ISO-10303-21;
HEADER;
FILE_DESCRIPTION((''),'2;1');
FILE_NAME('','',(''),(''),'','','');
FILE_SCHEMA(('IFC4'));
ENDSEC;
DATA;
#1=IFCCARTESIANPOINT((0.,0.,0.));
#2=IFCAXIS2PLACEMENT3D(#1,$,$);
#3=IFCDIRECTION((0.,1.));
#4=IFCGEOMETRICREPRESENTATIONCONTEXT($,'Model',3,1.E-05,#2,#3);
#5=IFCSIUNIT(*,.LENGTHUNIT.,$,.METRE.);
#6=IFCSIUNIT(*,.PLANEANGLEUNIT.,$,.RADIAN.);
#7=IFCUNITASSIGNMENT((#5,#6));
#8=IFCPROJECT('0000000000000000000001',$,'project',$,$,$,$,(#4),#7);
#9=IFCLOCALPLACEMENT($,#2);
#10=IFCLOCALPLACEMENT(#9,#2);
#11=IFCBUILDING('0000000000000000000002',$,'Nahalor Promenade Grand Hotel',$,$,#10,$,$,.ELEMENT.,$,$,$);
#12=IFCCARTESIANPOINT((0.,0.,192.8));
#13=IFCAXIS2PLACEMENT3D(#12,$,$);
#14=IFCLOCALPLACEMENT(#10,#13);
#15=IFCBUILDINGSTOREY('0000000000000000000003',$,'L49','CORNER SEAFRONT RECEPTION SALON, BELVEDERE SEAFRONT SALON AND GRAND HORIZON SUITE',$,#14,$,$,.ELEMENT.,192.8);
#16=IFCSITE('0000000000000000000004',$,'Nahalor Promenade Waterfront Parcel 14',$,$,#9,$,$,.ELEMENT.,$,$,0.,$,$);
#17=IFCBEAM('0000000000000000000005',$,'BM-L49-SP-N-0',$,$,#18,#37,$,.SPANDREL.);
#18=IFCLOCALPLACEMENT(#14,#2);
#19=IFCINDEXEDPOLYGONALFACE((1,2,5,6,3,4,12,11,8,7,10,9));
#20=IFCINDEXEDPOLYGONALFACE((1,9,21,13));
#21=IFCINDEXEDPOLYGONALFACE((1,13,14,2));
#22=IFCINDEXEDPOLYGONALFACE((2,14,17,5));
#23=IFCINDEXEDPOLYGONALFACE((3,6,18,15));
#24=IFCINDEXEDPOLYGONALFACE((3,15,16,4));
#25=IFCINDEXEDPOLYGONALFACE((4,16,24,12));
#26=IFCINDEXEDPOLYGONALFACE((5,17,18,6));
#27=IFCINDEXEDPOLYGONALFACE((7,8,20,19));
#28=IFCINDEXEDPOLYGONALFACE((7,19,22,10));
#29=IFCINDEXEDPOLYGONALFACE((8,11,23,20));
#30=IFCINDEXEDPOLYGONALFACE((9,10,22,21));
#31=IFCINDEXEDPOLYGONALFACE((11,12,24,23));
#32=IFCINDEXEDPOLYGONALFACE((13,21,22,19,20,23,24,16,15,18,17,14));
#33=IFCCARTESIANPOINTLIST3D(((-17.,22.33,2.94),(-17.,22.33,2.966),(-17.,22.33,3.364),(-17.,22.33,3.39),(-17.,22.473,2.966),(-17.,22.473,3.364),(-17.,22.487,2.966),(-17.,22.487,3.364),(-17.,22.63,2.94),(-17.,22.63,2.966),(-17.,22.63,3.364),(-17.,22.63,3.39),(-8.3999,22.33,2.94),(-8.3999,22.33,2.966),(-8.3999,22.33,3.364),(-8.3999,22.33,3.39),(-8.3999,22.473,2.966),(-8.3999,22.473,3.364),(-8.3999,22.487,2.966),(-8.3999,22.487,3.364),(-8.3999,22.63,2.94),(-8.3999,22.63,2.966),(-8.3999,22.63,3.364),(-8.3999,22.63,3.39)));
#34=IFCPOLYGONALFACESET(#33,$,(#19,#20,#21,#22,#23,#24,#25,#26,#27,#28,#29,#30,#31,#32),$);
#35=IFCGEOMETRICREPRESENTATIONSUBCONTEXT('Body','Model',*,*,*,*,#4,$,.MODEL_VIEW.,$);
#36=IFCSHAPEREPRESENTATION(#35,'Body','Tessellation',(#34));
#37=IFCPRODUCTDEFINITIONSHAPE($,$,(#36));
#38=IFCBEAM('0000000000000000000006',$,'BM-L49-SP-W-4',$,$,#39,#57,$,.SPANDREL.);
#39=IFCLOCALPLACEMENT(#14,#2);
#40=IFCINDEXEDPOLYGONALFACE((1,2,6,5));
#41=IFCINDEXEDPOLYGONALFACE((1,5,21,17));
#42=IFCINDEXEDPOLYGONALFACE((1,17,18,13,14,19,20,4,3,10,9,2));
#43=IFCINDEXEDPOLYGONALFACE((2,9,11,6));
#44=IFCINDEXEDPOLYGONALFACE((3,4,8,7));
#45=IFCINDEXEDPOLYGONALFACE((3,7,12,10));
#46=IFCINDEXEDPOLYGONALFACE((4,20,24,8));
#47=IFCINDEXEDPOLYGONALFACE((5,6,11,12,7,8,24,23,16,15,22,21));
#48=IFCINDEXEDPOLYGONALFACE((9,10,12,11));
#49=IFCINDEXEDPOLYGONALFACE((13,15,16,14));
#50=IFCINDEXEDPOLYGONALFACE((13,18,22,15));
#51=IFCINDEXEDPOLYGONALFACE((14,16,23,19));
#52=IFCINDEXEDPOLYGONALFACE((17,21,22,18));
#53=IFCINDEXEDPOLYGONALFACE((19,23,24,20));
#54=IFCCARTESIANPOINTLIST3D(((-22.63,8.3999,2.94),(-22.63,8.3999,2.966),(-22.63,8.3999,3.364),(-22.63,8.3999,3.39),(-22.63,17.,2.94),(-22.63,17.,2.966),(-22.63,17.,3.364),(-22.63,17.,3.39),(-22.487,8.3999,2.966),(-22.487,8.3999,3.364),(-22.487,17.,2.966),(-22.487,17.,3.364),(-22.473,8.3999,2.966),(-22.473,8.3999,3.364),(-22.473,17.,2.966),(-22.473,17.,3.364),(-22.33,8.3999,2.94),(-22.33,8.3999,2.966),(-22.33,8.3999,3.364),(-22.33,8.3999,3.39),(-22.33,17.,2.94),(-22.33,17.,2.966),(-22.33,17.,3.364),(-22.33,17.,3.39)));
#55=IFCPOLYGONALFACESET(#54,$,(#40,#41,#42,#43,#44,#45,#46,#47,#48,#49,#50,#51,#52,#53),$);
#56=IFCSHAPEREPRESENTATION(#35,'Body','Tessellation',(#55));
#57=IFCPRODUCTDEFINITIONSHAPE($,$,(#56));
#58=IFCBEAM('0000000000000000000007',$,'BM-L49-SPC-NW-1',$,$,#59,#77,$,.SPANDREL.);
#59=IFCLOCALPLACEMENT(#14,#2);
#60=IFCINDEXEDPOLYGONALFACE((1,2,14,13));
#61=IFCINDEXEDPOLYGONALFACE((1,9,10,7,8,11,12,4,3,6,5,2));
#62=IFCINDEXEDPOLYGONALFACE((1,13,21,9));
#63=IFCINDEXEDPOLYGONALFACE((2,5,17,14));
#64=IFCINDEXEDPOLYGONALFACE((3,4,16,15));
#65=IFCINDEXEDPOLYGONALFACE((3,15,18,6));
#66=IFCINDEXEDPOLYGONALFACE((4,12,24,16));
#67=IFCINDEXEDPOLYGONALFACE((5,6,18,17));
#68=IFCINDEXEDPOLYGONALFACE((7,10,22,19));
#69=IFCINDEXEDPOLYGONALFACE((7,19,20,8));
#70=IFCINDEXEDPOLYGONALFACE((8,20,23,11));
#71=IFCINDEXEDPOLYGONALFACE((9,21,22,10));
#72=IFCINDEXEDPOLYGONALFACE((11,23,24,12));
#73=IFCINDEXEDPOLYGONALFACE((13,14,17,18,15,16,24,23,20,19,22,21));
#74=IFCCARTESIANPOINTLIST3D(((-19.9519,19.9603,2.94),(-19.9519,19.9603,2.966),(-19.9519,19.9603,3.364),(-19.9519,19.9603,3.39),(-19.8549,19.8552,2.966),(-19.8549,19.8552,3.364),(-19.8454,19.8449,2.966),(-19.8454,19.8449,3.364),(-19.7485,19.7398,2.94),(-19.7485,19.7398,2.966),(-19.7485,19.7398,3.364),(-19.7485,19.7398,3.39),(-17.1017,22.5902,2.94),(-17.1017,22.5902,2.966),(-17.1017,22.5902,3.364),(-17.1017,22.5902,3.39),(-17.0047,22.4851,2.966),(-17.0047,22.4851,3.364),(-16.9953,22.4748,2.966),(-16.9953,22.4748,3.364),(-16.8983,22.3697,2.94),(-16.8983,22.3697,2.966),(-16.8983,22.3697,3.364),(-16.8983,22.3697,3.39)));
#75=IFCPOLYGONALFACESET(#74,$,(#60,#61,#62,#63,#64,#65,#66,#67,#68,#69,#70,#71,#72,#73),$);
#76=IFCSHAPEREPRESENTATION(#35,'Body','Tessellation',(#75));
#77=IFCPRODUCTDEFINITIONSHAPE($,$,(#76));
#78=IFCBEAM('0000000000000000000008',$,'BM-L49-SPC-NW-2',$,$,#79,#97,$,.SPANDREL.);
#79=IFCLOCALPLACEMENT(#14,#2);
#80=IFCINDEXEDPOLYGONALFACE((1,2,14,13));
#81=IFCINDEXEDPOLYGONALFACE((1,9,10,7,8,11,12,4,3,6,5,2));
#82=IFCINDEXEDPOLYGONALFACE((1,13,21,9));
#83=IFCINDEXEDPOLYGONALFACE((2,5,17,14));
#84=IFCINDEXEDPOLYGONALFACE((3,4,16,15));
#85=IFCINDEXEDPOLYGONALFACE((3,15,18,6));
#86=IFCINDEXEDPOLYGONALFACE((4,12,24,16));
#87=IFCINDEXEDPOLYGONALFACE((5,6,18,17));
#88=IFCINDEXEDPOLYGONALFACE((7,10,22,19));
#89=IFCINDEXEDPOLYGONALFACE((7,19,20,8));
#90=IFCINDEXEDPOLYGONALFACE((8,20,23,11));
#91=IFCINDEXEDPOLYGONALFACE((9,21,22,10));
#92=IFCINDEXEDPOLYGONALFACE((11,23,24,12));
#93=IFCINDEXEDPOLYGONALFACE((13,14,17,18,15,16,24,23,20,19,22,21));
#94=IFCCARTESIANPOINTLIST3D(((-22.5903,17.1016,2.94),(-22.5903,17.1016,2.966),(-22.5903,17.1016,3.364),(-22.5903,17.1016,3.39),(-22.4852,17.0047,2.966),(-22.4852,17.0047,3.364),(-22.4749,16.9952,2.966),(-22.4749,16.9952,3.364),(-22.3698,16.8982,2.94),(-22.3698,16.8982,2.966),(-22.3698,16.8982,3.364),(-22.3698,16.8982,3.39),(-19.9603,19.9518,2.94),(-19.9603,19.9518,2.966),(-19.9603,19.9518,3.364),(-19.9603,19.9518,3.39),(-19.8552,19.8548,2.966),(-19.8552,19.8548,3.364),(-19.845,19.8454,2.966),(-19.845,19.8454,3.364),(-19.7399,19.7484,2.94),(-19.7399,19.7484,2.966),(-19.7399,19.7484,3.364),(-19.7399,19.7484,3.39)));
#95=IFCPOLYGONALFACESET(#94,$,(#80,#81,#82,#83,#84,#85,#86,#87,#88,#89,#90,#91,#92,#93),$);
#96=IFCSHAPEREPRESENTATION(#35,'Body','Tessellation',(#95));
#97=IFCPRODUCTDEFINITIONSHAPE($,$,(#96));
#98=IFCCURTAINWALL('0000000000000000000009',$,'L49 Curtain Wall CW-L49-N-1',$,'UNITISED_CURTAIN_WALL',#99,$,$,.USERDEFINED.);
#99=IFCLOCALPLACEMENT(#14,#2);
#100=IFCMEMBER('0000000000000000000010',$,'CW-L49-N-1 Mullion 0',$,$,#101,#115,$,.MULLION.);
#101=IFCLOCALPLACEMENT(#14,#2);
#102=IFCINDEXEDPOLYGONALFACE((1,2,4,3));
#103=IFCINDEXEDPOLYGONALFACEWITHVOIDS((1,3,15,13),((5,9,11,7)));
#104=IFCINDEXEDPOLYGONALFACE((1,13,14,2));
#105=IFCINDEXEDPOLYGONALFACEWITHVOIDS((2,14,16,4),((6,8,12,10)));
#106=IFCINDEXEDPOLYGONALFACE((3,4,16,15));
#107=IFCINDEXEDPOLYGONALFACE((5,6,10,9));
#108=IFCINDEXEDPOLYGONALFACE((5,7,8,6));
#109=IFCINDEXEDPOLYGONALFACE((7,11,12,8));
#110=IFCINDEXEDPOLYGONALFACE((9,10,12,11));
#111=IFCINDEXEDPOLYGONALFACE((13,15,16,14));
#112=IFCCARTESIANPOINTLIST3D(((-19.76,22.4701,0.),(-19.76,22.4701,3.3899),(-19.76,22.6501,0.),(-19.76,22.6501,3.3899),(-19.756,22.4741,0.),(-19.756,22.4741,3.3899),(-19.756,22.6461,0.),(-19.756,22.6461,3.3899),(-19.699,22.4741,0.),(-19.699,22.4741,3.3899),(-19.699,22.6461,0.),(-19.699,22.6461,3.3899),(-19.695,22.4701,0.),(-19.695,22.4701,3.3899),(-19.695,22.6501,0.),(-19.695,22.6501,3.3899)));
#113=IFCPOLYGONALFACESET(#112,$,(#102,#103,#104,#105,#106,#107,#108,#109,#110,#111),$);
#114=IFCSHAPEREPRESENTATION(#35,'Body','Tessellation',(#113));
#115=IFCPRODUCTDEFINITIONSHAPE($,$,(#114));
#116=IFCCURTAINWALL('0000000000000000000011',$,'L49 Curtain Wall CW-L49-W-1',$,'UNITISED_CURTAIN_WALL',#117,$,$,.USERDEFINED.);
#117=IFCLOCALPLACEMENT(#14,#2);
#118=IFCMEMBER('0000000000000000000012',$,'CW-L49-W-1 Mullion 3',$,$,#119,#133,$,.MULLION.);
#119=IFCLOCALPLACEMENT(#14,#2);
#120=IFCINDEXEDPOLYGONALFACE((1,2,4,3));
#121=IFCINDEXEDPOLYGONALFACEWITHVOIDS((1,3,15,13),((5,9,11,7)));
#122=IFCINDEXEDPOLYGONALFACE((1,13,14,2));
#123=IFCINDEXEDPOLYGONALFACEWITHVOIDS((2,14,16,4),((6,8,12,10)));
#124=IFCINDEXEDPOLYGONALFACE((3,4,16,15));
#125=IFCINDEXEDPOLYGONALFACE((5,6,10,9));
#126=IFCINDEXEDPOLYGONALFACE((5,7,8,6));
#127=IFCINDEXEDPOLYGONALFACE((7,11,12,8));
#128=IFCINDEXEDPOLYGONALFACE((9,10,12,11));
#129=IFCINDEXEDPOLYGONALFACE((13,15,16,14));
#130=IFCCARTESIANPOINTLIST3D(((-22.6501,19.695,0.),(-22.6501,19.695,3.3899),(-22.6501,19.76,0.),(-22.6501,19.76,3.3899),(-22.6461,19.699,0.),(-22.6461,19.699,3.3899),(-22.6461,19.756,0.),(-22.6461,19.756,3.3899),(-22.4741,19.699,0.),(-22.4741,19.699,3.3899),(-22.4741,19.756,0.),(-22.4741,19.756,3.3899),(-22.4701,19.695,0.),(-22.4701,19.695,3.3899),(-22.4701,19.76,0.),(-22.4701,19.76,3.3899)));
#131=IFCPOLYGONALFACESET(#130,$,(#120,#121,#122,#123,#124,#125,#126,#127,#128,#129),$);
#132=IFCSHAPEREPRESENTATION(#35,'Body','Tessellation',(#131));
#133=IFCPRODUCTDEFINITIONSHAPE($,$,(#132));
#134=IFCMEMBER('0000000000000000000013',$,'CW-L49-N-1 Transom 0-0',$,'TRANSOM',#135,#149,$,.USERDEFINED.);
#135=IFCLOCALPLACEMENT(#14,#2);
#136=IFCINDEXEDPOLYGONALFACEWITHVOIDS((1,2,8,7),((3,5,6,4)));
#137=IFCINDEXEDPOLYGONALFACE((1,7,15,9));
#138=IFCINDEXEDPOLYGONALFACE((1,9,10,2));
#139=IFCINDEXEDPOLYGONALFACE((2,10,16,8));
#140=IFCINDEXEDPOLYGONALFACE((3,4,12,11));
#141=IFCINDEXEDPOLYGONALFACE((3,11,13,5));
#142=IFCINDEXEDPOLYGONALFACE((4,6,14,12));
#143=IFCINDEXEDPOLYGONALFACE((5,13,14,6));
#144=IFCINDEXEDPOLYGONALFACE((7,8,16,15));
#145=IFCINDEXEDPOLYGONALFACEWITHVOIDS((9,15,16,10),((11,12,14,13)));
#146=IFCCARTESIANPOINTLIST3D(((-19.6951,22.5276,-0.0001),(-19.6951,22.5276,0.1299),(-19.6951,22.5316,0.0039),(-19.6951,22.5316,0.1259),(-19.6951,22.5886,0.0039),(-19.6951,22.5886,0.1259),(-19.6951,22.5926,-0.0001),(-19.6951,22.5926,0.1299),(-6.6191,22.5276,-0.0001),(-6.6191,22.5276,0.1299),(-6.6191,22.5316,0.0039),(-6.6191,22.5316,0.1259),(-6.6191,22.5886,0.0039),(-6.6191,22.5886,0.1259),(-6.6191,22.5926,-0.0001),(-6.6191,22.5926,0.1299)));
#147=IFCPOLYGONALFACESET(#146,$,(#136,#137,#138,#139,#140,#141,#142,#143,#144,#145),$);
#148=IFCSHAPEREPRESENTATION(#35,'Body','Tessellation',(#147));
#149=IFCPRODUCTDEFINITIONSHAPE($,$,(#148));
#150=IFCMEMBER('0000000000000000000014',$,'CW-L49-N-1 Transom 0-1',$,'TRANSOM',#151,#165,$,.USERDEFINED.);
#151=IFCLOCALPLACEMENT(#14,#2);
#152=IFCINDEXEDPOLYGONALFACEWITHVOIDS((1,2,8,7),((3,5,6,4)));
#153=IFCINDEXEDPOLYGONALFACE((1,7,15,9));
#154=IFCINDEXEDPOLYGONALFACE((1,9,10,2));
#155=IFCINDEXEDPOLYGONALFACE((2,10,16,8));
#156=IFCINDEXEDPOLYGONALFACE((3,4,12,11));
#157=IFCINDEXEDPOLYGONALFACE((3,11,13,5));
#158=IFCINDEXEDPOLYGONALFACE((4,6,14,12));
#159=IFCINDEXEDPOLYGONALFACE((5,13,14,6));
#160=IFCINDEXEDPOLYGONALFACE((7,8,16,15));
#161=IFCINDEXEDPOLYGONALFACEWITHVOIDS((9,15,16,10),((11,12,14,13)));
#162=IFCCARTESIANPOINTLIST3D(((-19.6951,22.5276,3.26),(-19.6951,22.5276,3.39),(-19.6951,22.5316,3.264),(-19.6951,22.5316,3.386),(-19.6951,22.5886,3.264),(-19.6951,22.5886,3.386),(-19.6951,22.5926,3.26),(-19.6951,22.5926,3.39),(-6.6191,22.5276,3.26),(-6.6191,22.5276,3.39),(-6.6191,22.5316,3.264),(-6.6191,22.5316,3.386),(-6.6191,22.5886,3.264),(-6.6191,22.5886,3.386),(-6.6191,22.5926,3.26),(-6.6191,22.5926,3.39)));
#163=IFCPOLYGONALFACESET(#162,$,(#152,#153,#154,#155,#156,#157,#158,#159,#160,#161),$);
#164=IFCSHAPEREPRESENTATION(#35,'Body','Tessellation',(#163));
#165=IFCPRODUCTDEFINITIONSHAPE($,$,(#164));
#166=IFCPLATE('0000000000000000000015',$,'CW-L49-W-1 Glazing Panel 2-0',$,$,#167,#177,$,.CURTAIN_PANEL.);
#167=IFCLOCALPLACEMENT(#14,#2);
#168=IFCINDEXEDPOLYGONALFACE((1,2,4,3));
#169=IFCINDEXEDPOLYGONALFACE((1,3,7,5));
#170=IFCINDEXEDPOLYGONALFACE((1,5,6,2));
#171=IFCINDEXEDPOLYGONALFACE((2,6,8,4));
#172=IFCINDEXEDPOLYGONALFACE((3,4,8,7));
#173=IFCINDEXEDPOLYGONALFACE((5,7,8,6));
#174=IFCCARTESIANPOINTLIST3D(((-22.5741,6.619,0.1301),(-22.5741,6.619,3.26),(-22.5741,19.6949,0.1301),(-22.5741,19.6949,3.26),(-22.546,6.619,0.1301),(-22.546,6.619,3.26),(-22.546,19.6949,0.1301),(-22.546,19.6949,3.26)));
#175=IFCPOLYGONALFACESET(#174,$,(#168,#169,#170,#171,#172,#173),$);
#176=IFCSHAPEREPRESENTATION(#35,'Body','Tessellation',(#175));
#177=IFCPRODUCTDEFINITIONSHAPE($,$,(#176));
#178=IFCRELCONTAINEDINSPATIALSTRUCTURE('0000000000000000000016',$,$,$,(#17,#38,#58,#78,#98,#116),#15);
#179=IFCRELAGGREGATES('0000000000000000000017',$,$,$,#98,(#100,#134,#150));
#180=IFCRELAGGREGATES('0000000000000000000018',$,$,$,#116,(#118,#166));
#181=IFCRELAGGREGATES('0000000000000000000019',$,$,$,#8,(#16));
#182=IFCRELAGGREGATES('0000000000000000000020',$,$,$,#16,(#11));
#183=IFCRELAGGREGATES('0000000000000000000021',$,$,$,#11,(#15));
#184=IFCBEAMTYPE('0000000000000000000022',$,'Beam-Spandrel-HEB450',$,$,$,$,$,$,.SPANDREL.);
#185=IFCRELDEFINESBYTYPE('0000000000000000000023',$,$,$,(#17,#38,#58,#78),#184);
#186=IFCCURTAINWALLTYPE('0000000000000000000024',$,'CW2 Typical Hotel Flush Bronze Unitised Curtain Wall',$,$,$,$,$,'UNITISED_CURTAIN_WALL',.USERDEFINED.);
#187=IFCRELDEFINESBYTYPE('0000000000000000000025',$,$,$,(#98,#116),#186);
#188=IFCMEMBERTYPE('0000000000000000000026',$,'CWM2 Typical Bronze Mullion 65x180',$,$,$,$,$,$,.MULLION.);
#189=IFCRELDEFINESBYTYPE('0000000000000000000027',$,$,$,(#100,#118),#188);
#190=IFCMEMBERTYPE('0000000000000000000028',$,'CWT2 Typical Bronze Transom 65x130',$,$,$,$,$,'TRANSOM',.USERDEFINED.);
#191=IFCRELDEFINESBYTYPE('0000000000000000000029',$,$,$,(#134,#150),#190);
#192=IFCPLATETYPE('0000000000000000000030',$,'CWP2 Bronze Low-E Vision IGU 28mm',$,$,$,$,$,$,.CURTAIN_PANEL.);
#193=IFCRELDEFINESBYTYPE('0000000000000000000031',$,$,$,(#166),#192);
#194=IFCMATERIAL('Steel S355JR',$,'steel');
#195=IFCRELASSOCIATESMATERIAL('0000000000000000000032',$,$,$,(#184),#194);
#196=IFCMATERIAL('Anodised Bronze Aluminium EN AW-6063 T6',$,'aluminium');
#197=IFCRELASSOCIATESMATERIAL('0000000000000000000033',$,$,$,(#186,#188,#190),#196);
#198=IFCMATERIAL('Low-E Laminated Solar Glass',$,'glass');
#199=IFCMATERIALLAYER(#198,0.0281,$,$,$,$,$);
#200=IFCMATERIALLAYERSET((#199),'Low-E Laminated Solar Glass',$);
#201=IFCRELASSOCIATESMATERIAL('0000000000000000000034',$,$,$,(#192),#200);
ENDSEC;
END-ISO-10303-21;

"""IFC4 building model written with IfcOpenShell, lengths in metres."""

from ifc_helpers import new_model, si_unit, direction, frame, origin, origin_2d, place, context, subcontext, project, spatial, rectangle, hollow_rectangle, i_section, extrude, source, transform, mapped, material, layer, layer_set, material_profile, profile_set, type_object, element, aggregate, save


model = new_model("IFC4")

# Units and contexts
model_context = context("Model", 3, precision=1e-05, world=origin(), true_north=direction((0.0, 1.0)))
body_context = subcontext(model_context, "Body", "Model", "MODEL_VIEW")
ifc_project = project(units=[si_unit("LENGTHUNIT", "METRE"), si_unit("PLANEANGLEUNIT", "RADIAN")], contexts=[model_context])

# Site, building, storey
site_placement = place(None, origin())
site = spatial("IfcSite", under=ifc_project, at=site_placement, Name="Nahalor Promenade Waterfront Parcel 14", CompositionType="ELEMENT", RefElevation=0.0)
building_placement = place(site_placement, origin())
building = spatial("IfcBuilding", under=site, at=building_placement, Name="Nahalor Promenade Grand Hotel", CompositionType="ELEMENT")
storey_placement = place(building_placement, frame((0.0, 0.0, 192.8)))
storey = spatial("IfcBuildingStorey", under=building, at=storey_placement, Name="L49", Description="CORNER SEAFRONT RECEPTION SALON, BELVEDERE SEAFRONT SALON AND GRAND HORIZON SUITE", CompositionType="ELEMENT", Elevation=192.8)

# Beams
ifc_material_1 = material(Name="Steel S355JR", Category="steel")
ifc_material_profile_1 = material_profile(ifc_material_1, i_section(OverallWidth=0.3, OverallDepth=0.45, WebThickness=0.014, FlangeThickness=0.026, at=origin_2d()), Name="HEB 450")
ifc_profile_set_1 = profile_set([ifc_material_profile_1], Name="Steel S355JR")
beam_type_1 = type_object("IfcBeamType", Name="Beam-Spandrel-HEB450", PredefinedType="SPANDREL", material=ifc_profile_set_1)
shared_shape_1 = source(origin(), body_context, "Body", "SweptSolid", [
    extrude(i_section(OverallWidth=0.3, OverallDepth=0.45, WebThickness=0.014, FlangeThickness=0.026, at=origin_2d()), origin(), (0.0, 0.0, 1.0), 8.6001),
])
for number, where, z_axis, x_axis, name in (
    (1, (-17.0, 22.48, 3.165), (1.0, 0.0, 0.0), (0.0, 1.0, 0.0), "BM-L49-SP-N-0"),
    (2, (-22.48, 8.3999, 3.165), (0.0, 1.0, 0.0), (-1.0, 0.0, 0.0), "BM-L49-SP-W-4"),
):
    element("IfcBeam", number, at=place(storey_placement, frame(where, z_axis=z_axis, x_axis=x_axis)), inside=storey, type_object=beam_type_1, Name=name, PredefinedType="SPANDREL", context=body_context, shape_type="MappedRepresentation", body=[
        mapped(shared_shape_1, transform((0.0, 0.0, 0.0), scale=1.0)),
    ])
shared_shape_2 = source(origin(), body_context, "Body", "SweptSolid", [
    extrude(i_section(OverallWidth=0.3, OverallDepth=0.45, WebThickness=0.014, FlangeThickness=0.026, at=origin_2d()), origin(), (0.0, 0.0, 1.0), 3.8782),
])
for number, where, z_axis, x_axis, name in (
    (3, (-17.0, 22.48, 3.165), (-0.734929, -0.678144, 0.0), (0.678144, -0.734929, 0.0), "BM-L49-SPC-NW-1"),
    (4, (-19.8501, 19.8501, 3.165), (-0.678144, -0.734929, 0.0), (0.734929, -0.678144, 0.0), "BM-L49-SPC-NW-2"),
):
    element("IfcBeam", number, at=place(storey_placement, frame(where, z_axis=z_axis, x_axis=x_axis)), inside=storey, type_object=beam_type_1, Name=name, PredefinedType="SPANDREL", context=body_context, shape_type="MappedRepresentation", body=[
        mapped(shared_shape_2, transform((0.0, 0.0, 0.0), scale=1.0)),
    ])

# Curtain walls, members
ifc_material_2 = material(Name="Anodised Bronze Aluminium EN AW-6063 T6", Category="aluminium")
curtain_wall_type = type_object("IfcCurtainWallType", Name="CW2 Typical Hotel Flush Bronze Unitised Curtain Wall", ElementType="UNITISED_CURTAIN_WALL", PredefinedType="USERDEFINED", material=ifc_material_2)
curtain_wall_1_placement = place(storey_placement, origin())
curtain_wall_1 = element("IfcCurtainWall", 5, at=curtain_wall_1_placement, inside=storey, type_object=curtain_wall_type, Name="L49 Curtain Wall CW-L49-N-1", ObjectType="UNITISED_CURTAIN_WALL", PredefinedType="USERDEFINED")
ifc_material_profile_2 = material_profile(ifc_material_2, hollow_rectangle(XDim=0.065, YDim=0.18, WallThickness=0.004, at=origin_2d()), Name="CWM 65x180x4")
ifc_profile_set_2 = profile_set([ifc_material_profile_2], Name="Anodised Bronze Aluminium EN AW-6063 T6")
member_type_1 = type_object("IfcMemberType", Name="CWM2 Typical Bronze Mullion 65x180", PredefinedType="MULLION", material=ifc_profile_set_2)
shared_shape_3 = source(origin(), body_context, "Body", "SweptSolid", [
    extrude(hollow_rectangle(XDim=0.065, YDim=0.18, WallThickness=0.004, at=origin_2d()), origin(), (0.0, 0.0, 1.0), 3.3899),
])
member_1_placement = place(storey_placement, frame((-19.7275, 22.5601, 0.0), z_axis=(0.0, 0.0, 1.0), x_axis=(1.0, 0.0, 0.0)))
member_1 = element("IfcMember", 6, at=member_1_placement, type_object=member_type_1, Name="CW-L49-N-1 Mullion 0", PredefinedType="MULLION", context=body_context, shape_type="MappedRepresentation", body=[
    mapped(shared_shape_3, transform((0.0, 0.0, 0.0), scale=1.0)),
])
curtain_wall_2_placement = place(storey_placement, origin())
curtain_wall_2 = element("IfcCurtainWall", 7, at=curtain_wall_2_placement, inside=storey, type_object=curtain_wall_type, Name="L49 Curtain Wall CW-L49-W-1", ObjectType="UNITISED_CURTAIN_WALL", PredefinedType="USERDEFINED")
member_2_placement = place(storey_placement, frame((-22.5601, 19.7275, 0.0), z_axis=(0.0, 0.0, 1.0), x_axis=(0.0, 1.0, 0.0)))
member_2 = element("IfcMember", 8, at=member_2_placement, type_object=member_type_1, Name="CW-L49-W-1 Mullion 3", PredefinedType="MULLION", context=body_context, shape_type="MappedRepresentation", body=[
    mapped(shared_shape_3, transform((0.0, 0.0, 0.0), scale=1.0)),
])

# Members
ifc_material_profile_3 = material_profile(ifc_material_2, hollow_rectangle(XDim=0.065, YDim=0.13, WallThickness=0.004, at=origin_2d()), Name="CWT 65x130x4")
ifc_profile_set_3 = profile_set([ifc_material_profile_3], Name="Anodised Bronze Aluminium EN AW-6063 T6")
member_type_2 = type_object("IfcMemberType", Name="CWT2 Typical Bronze Transom 65x130", ElementType="TRANSOM", PredefinedType="USERDEFINED", material=ifc_profile_set_3)
shared_shape_4 = source(origin(), body_context, "Body", "SweptSolid", [
    extrude(hollow_rectangle(XDim=0.065, YDim=0.13, WallThickness=0.004, at=origin_2d()), origin(), (0.0, 0.0, 1.0), 13.0759),
])
member_3_placement = place(storey_placement, frame((-19.6951, 22.5601, 0.0649), z_axis=(1.0, 0.0, 0.0), x_axis=(0.0, 1.0, 0.0)))
member_3 = element("IfcMember", 9, at=member_3_placement, type_object=member_type_2, Name="CW-L49-N-1 Transom 0-0", ObjectType="TRANSOM", PredefinedType="USERDEFINED", context=body_context, shape_type="MappedRepresentation", body=[
    mapped(shared_shape_4, transform((0.0, 0.0, 0.0), scale=1.0)),
])
member_4_placement = place(storey_placement, frame((-19.6951, 22.5601, 3.325), z_axis=(1.0, 0.0, 0.0), x_axis=(0.0, 1.0, 0.0)))
member_4 = element("IfcMember", 10, at=member_4_placement, type_object=member_type_2, Name="CW-L49-N-1 Transom 0-1", ObjectType="TRANSOM", PredefinedType="USERDEFINED", context=body_context, shape_type="MappedRepresentation", body=[
    mapped(shared_shape_4, transform((0.0, 0.0, 0.0), scale=1.0)),
])
aggregate(curtain_wall_1, [member_1, member_3, member_4])

# Plate
ifc_material_3 = material(Name="Low-E Laminated Solar Glass", Category="glass")
ifc_layer_1 = layer(ifc_material_3, 0.0281)
ifc_layer_set_1 = layer_set([ifc_layer_1], Name="Low-E Laminated Solar Glass")
plate_type = type_object("IfcPlateType", Name="CWP2 Bronze Low-E Vision IGU 28mm", PredefinedType="CURTAIN_PANEL", material=ifc_layer_set_1)
shared_shape_5 = source(origin(), body_context, "Body", "SweptSolid", [
    extrude(rectangle(XDim=13.0759, YDim=0.0281, at=origin_2d()), origin(), (0.0, 0.0, 1.0), 3.1299),
])
plate_placement = place(storey_placement, frame((-22.5601, 13.157, 0.1301), z_axis=(0.0, 0.0, 1.0), x_axis=(0.0, 1.0, 0.0)))
plate = element("IfcPlate", 11, at=plate_placement, type_object=plate_type, Name="CW-L49-W-1 Glazing Panel 2-0", PredefinedType="CURTAIN_PANEL", context=body_context, shape_type="MappedRepresentation", body=[
    mapped(shared_shape_5, transform((0.0, 0.0, 0.0), scale=1.0)),
])
aggregate(curtain_wall_2, [member_2, plate])

save(model, "model.ifc")
